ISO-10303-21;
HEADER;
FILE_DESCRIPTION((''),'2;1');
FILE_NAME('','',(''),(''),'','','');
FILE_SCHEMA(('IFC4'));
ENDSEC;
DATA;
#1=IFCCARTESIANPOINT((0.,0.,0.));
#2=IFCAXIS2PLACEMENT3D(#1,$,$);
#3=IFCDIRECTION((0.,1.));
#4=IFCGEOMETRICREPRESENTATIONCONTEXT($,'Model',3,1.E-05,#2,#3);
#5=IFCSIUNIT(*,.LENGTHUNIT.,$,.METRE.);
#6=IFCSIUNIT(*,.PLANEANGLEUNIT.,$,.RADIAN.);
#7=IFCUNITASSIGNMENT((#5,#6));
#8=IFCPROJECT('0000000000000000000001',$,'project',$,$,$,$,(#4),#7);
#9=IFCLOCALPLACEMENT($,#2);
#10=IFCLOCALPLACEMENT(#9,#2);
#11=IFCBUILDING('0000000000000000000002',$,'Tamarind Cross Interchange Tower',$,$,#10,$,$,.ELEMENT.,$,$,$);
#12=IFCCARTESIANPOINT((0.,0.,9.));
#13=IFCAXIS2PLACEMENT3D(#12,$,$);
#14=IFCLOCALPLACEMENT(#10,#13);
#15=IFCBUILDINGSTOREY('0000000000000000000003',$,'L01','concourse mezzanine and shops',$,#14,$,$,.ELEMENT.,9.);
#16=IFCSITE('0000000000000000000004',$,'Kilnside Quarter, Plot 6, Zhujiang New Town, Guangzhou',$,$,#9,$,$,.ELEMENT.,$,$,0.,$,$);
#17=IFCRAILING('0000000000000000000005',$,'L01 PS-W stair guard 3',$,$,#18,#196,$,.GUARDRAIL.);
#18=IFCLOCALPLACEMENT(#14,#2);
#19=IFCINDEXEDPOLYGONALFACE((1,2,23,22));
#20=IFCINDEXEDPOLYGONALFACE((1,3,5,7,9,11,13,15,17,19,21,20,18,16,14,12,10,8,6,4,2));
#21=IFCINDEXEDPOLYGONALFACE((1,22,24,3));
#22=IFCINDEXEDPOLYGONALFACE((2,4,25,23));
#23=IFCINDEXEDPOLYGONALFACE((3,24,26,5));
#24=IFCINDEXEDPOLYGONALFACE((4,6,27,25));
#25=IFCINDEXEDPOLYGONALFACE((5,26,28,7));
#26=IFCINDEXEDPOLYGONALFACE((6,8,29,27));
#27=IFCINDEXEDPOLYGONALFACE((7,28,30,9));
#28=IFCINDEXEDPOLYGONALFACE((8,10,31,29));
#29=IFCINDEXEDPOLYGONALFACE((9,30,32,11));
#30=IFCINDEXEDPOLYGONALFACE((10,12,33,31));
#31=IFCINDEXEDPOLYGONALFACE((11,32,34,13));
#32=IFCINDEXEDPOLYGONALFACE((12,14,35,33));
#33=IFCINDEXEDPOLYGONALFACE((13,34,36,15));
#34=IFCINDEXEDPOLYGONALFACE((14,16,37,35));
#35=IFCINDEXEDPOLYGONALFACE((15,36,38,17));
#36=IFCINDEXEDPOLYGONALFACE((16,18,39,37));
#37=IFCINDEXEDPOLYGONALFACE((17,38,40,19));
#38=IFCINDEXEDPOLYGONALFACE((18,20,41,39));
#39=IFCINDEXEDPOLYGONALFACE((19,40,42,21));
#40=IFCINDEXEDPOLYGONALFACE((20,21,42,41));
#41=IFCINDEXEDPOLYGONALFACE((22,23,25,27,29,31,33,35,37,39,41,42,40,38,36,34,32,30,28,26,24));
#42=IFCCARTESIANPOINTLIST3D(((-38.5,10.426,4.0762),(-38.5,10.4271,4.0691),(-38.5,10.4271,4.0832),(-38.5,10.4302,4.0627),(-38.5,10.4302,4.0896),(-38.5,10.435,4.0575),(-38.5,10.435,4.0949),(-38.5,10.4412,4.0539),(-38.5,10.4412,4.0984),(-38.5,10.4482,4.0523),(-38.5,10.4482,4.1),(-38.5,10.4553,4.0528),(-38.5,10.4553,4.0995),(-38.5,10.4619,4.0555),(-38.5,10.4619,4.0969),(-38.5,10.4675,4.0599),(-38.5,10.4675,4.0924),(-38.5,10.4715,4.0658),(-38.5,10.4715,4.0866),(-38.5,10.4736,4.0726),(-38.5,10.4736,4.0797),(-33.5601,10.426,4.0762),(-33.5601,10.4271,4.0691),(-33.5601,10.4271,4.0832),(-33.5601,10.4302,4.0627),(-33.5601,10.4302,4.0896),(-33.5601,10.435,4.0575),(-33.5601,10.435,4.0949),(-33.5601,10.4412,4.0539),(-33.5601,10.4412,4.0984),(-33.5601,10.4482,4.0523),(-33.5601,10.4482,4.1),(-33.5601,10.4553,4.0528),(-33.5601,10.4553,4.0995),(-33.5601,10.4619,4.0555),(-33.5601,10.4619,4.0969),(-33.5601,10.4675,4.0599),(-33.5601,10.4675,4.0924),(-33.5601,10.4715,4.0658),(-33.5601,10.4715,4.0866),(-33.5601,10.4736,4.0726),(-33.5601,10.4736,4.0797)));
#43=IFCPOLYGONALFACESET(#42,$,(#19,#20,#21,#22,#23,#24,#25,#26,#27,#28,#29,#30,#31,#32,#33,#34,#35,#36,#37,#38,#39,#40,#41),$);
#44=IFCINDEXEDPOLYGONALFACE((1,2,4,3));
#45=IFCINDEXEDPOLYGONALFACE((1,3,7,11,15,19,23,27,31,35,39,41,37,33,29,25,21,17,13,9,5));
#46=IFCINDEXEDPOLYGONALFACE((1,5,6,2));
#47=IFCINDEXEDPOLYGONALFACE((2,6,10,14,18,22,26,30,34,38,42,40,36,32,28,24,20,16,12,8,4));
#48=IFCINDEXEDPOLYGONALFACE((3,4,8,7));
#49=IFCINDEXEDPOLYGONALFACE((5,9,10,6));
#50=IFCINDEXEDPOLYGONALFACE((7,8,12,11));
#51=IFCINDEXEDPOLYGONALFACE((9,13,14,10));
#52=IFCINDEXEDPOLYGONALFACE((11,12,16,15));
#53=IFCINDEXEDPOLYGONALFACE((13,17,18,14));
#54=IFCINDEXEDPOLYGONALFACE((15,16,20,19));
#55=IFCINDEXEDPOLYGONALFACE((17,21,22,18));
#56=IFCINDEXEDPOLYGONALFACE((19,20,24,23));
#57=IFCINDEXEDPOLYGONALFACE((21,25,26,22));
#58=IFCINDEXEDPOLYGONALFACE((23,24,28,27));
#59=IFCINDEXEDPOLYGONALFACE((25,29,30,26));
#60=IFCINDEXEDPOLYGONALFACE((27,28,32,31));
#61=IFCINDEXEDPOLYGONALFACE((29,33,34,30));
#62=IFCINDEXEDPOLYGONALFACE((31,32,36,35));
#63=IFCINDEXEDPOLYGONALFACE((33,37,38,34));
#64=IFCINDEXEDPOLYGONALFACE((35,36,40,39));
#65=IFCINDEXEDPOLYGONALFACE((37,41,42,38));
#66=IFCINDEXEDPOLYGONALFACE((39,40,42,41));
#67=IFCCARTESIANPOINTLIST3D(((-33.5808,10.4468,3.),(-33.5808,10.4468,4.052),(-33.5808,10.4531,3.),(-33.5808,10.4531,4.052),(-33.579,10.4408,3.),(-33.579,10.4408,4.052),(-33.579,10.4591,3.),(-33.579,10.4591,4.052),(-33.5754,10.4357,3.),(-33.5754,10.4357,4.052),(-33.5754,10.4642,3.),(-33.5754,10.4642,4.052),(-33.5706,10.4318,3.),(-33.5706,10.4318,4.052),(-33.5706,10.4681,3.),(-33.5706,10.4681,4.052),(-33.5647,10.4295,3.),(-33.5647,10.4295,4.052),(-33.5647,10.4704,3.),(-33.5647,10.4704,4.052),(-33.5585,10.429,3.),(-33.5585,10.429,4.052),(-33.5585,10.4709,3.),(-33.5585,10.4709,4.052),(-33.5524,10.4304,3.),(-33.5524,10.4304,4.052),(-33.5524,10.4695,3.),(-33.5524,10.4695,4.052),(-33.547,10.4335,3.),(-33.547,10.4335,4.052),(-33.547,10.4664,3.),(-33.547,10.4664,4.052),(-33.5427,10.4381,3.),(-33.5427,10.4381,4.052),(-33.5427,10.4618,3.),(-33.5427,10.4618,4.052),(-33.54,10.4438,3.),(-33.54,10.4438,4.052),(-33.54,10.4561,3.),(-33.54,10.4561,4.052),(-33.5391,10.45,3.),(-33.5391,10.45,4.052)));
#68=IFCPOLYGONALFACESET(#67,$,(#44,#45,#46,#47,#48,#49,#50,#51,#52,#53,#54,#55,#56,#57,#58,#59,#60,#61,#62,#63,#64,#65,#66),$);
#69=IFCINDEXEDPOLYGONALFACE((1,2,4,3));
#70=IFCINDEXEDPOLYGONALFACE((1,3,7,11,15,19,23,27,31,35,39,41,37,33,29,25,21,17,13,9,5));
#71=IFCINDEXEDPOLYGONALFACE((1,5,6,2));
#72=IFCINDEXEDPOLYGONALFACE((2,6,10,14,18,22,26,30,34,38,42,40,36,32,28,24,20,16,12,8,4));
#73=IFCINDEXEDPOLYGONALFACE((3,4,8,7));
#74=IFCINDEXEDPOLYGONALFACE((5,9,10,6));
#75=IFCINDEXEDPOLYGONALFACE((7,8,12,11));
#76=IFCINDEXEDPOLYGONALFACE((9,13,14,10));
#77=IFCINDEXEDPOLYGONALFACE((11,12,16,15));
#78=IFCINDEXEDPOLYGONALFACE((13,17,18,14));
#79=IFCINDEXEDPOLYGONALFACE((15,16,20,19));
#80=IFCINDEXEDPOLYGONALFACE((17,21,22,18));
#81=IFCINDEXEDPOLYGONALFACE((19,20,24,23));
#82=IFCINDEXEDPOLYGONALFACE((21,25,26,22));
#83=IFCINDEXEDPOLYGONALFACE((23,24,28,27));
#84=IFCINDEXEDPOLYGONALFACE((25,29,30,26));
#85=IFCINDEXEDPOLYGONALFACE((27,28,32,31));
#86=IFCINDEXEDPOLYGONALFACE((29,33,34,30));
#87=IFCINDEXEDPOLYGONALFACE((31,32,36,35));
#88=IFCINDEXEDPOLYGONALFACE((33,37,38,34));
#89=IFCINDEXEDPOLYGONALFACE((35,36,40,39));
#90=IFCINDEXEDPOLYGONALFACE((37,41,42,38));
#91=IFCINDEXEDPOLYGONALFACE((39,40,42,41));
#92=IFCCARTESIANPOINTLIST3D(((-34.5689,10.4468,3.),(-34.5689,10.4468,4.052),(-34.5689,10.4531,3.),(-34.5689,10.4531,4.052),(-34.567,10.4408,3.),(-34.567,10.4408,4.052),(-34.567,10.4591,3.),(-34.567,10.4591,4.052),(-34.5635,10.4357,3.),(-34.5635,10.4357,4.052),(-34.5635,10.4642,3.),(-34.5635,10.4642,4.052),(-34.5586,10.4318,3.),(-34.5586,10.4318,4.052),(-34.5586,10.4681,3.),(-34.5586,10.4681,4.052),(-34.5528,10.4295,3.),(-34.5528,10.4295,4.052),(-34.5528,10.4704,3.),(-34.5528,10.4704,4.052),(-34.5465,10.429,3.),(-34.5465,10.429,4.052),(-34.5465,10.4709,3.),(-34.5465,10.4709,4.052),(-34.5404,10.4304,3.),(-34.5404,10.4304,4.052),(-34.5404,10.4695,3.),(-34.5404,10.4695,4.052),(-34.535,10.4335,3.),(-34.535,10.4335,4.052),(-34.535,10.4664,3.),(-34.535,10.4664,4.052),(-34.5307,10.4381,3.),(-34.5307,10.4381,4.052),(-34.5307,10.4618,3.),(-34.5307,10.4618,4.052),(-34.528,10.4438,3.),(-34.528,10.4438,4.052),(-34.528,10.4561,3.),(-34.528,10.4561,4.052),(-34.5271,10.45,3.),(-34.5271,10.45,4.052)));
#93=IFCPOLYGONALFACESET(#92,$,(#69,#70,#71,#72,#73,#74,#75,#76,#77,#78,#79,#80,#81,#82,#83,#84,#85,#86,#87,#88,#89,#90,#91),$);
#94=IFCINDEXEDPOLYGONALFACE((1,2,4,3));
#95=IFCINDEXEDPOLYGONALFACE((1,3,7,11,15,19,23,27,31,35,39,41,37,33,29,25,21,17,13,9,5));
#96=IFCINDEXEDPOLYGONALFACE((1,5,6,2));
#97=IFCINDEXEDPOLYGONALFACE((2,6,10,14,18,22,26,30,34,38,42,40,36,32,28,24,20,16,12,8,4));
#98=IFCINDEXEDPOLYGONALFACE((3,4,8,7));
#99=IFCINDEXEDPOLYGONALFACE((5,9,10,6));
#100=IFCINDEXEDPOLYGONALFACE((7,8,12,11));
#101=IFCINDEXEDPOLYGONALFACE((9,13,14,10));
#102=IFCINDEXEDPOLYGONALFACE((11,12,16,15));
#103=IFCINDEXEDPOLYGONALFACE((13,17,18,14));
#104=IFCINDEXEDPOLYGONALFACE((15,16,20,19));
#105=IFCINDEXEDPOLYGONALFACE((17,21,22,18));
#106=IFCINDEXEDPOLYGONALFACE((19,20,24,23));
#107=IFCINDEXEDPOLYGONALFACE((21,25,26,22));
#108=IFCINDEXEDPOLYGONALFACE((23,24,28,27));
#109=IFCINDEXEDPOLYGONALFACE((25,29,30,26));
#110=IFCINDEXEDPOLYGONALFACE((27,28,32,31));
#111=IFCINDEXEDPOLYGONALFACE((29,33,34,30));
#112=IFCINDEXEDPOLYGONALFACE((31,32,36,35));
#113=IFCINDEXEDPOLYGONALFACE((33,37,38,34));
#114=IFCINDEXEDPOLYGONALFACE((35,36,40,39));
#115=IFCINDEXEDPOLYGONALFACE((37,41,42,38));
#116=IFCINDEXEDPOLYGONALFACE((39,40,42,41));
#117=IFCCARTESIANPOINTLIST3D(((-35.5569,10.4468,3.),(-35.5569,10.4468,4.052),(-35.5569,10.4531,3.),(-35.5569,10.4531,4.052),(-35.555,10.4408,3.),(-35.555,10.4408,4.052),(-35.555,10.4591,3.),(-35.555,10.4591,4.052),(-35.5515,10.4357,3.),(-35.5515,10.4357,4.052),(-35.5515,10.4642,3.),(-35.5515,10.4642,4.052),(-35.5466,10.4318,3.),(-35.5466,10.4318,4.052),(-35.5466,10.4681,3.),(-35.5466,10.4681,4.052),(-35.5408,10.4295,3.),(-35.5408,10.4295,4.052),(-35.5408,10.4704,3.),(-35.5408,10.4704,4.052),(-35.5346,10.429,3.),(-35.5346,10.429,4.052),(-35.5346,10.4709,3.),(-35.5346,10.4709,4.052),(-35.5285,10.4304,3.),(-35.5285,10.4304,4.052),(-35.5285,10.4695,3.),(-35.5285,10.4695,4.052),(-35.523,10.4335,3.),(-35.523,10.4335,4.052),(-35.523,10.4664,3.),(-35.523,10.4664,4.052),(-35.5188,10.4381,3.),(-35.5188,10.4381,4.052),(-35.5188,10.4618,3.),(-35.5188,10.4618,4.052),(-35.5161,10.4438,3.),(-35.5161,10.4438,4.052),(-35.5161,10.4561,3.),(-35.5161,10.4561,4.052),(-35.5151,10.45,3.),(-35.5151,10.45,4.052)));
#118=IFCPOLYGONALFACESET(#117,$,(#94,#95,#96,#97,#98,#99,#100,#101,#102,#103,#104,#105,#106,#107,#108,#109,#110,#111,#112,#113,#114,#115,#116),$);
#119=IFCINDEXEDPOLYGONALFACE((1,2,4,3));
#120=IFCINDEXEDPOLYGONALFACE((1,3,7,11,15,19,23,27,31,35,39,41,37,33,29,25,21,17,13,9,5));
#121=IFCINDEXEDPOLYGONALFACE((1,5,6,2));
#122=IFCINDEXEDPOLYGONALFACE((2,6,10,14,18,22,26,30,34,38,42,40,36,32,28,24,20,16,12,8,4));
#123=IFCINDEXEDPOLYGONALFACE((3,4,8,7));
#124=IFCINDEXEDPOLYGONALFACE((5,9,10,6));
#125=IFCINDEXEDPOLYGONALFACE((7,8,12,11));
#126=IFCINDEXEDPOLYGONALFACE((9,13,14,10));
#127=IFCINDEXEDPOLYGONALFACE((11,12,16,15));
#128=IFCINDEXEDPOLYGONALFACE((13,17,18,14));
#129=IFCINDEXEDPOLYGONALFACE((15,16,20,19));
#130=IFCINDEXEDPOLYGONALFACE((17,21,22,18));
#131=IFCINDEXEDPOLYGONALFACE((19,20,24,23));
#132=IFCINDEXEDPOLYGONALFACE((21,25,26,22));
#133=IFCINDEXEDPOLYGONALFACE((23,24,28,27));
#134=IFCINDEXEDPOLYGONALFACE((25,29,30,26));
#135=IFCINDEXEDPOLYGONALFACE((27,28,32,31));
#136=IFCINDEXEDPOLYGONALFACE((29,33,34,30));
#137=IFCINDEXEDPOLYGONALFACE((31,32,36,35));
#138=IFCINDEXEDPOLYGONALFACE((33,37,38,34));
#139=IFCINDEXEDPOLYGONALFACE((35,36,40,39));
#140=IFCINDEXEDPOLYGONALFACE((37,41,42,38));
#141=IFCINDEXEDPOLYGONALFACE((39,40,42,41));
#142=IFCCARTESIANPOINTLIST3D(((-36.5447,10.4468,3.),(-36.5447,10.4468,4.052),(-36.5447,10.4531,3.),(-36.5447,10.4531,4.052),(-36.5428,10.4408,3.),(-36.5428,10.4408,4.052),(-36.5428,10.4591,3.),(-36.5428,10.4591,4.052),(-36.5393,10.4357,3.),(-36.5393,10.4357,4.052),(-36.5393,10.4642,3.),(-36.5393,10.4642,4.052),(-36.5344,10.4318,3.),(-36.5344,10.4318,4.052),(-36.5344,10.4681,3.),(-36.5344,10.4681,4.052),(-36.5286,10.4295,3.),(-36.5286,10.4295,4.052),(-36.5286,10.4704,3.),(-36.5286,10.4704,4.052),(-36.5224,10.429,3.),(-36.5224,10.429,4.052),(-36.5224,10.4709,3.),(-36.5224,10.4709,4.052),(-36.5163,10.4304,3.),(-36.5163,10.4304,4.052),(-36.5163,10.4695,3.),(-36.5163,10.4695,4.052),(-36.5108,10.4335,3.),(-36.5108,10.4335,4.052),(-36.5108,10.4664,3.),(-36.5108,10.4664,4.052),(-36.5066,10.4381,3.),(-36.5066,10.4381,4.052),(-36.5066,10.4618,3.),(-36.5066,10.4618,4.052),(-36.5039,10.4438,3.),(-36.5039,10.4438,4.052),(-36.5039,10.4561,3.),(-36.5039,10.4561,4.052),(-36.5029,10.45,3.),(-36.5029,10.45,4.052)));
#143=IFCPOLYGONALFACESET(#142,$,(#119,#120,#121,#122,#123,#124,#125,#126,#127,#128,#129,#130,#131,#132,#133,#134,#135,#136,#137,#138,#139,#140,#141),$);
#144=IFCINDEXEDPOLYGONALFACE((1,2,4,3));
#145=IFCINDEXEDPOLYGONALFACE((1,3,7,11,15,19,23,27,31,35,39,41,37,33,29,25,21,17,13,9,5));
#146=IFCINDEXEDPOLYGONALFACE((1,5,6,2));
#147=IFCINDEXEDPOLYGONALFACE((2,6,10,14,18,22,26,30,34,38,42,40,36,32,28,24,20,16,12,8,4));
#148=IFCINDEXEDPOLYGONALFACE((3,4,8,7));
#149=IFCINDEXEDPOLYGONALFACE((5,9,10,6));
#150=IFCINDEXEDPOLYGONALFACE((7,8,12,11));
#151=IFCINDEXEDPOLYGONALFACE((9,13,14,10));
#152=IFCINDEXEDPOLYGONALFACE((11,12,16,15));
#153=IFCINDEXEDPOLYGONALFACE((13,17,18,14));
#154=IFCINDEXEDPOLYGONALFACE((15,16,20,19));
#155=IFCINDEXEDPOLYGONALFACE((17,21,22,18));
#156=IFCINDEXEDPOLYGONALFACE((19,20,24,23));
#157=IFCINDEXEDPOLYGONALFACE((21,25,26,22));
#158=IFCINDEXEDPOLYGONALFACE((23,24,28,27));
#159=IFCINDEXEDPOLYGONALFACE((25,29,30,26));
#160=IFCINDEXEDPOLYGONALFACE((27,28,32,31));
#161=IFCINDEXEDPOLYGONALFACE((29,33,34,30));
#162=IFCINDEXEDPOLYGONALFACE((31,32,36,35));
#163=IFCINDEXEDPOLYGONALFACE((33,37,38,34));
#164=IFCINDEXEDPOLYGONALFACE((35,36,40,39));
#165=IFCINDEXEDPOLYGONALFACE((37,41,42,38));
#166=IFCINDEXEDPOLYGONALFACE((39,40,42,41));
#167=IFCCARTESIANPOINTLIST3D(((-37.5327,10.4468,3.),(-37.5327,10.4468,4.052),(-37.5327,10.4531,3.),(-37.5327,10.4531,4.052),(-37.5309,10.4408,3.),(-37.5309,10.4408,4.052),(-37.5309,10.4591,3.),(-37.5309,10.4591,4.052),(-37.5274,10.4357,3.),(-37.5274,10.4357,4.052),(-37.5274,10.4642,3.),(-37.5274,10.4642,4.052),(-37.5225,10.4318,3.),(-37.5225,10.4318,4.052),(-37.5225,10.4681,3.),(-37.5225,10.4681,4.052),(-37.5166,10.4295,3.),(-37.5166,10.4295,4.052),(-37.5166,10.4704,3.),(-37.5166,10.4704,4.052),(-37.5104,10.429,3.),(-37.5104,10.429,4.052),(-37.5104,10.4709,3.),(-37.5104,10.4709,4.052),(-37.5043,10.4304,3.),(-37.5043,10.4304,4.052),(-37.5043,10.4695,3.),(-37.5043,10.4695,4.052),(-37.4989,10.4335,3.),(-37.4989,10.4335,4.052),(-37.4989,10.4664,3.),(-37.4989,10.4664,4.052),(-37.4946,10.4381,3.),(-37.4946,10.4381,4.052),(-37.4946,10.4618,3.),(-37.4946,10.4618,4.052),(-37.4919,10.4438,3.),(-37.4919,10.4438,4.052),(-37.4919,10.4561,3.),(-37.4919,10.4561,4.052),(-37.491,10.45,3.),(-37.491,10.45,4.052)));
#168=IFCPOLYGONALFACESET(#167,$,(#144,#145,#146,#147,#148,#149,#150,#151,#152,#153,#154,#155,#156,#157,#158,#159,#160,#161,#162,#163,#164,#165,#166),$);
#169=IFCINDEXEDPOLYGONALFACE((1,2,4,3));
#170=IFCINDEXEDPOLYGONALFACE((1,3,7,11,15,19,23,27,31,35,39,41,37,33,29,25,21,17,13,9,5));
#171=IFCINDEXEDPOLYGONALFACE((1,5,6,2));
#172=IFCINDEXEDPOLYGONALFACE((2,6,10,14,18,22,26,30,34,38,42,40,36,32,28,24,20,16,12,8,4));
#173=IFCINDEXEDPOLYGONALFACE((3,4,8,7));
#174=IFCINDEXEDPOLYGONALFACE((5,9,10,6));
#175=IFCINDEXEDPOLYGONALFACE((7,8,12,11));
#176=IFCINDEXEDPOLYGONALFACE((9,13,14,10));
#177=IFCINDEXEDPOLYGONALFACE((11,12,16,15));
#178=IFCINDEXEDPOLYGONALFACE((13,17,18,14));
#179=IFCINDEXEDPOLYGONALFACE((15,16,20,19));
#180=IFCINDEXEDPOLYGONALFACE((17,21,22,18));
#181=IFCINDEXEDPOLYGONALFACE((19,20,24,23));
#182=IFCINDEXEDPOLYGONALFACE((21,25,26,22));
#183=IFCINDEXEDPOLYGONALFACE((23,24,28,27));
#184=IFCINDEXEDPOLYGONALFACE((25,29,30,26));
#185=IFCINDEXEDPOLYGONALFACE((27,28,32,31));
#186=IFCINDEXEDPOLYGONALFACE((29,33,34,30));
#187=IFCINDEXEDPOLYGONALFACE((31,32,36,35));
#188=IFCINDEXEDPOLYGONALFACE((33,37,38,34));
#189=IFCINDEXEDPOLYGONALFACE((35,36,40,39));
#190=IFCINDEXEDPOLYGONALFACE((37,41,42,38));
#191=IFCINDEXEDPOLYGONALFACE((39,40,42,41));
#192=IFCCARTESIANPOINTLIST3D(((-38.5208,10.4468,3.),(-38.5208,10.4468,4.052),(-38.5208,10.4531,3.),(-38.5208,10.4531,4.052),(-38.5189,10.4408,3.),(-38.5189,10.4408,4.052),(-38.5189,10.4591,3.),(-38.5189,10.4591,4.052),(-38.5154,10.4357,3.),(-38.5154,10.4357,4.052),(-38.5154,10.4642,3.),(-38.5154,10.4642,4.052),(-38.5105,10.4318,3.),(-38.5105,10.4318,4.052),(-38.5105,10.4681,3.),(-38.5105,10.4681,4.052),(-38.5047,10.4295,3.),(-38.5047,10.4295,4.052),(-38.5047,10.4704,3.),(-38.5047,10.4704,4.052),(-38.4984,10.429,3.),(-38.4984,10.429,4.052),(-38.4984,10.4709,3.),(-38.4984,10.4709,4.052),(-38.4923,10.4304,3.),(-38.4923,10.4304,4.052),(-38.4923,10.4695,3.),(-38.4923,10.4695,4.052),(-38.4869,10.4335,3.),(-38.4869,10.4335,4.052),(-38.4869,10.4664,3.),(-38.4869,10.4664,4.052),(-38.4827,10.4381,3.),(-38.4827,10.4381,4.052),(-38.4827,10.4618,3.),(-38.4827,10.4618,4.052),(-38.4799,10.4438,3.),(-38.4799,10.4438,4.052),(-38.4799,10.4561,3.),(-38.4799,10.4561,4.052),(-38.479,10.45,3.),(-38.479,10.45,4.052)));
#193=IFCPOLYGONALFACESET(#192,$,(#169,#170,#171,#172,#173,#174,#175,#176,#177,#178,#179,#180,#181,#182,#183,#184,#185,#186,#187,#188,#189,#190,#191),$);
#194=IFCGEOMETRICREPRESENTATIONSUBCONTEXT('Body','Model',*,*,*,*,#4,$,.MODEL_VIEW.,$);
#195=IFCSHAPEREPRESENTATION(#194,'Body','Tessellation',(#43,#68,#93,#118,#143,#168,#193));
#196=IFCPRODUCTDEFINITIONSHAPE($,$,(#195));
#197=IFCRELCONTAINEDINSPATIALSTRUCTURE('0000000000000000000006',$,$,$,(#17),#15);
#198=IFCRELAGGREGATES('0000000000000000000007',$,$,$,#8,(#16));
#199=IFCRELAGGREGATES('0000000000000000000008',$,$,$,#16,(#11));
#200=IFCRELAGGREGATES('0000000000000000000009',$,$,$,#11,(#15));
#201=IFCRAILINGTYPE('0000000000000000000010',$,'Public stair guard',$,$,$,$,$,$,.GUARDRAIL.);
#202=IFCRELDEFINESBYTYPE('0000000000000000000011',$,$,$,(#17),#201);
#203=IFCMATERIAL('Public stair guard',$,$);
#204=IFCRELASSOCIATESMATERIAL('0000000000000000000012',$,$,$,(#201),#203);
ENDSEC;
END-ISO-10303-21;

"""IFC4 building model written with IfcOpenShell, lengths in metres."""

from ifc_helpers import new_model, si_unit, direction, frame, origin, origin_2d, place, context, subcontext, project, spatial, circle, extrude, material, type_object, element, save


model = new_model("IFC4")

# Units and contexts
model_context = context("Model", 3, precision=1e-05, world=origin(), true_north=direction((0.0, 1.0)))
body_context = subcontext(model_context, "Body", "Model", "MODEL_VIEW")
ifc_project = project(units=[si_unit("LENGTHUNIT", "METRE"), si_unit("PLANEANGLEUNIT", "RADIAN")], contexts=[model_context])

# Site, building, storey
site_placement = place(None, origin())
site = spatial("IfcSite", under=ifc_project, at=site_placement, Name="Kilnside Quarter, Plot 6, Zhujiang New Town, Guangzhou", CompositionType="ELEMENT", RefElevation=0.0)
building_placement = place(site_placement, origin())
building = spatial("IfcBuilding", under=site, at=building_placement, Name="Tamarind Cross Interchange Tower", CompositionType="ELEMENT")
storey_placement = place(building_placement, frame((0.0, 0.0, 9.0)))
storey = spatial("IfcBuildingStorey", under=building, at=storey_placement, Name="L01", Description="concourse mezzanine and shops", CompositionType="ELEMENT", Elevation=9.0)

# Railing
ifc_material_1 = material(Name="Public stair guard")
railing_type_1 = type_object("IfcRailingType", Name="Public stair guard", PredefinedType="GUARDRAIL", material=ifc_material_1)
for number, where, name in (
    (1, (-33.5601, 10.45, 3.0), "L01 PS-W stair guard 3"),
):
    element("IfcRailing", number, at=place(storey_placement, frame(where)), inside=storey, type_object=railing_type_1, Name=name, PredefinedType="GUARDRAIL", context=body_context, shape_type="SweptSolid", body=[
        extrude(circle(Radius=0.0239, at=origin_2d()), frame((0.0, 0.0, 1.0762), z_axis=(-1.0, 0.0, 0.0), x_axis=(0.0, -1.0, 0.0)), (0.0, 0.0, 1.0), 4.9399),
        extrude(circle(Radius=0.021, at=origin_2d()), origin(), (0.0, 0.0, 1.0), 1.052),
        extrude(circle(Radius=0.021, at=origin_2d()), frame((-0.988, 0.0, 0.0)), (0.0, 0.0, 1.0), 1.052),
        extrude(circle(Radius=0.021, at=origin_2d()), frame((-1.9761, 0.0, 0.0)), (0.0, 0.0, 1.0), 1.052),
        extrude(circle(Radius=0.021, at=origin_2d()), frame((-2.9639, 0.0, 0.0)), (0.0, 0.0, 1.0), 1.052),
        extrude(circle(Radius=0.021, at=origin_2d()), frame((-3.9519, 0.0, 0.0)), (0.0, 0.0, 1.0), 1.052),
        extrude(circle(Radius=0.021, at=origin_2d()), frame((-4.9399, 0.0, 0.0)), (0.0, 0.0, 1.0), 1.052),
    ])

save(model, "model.ifc")
